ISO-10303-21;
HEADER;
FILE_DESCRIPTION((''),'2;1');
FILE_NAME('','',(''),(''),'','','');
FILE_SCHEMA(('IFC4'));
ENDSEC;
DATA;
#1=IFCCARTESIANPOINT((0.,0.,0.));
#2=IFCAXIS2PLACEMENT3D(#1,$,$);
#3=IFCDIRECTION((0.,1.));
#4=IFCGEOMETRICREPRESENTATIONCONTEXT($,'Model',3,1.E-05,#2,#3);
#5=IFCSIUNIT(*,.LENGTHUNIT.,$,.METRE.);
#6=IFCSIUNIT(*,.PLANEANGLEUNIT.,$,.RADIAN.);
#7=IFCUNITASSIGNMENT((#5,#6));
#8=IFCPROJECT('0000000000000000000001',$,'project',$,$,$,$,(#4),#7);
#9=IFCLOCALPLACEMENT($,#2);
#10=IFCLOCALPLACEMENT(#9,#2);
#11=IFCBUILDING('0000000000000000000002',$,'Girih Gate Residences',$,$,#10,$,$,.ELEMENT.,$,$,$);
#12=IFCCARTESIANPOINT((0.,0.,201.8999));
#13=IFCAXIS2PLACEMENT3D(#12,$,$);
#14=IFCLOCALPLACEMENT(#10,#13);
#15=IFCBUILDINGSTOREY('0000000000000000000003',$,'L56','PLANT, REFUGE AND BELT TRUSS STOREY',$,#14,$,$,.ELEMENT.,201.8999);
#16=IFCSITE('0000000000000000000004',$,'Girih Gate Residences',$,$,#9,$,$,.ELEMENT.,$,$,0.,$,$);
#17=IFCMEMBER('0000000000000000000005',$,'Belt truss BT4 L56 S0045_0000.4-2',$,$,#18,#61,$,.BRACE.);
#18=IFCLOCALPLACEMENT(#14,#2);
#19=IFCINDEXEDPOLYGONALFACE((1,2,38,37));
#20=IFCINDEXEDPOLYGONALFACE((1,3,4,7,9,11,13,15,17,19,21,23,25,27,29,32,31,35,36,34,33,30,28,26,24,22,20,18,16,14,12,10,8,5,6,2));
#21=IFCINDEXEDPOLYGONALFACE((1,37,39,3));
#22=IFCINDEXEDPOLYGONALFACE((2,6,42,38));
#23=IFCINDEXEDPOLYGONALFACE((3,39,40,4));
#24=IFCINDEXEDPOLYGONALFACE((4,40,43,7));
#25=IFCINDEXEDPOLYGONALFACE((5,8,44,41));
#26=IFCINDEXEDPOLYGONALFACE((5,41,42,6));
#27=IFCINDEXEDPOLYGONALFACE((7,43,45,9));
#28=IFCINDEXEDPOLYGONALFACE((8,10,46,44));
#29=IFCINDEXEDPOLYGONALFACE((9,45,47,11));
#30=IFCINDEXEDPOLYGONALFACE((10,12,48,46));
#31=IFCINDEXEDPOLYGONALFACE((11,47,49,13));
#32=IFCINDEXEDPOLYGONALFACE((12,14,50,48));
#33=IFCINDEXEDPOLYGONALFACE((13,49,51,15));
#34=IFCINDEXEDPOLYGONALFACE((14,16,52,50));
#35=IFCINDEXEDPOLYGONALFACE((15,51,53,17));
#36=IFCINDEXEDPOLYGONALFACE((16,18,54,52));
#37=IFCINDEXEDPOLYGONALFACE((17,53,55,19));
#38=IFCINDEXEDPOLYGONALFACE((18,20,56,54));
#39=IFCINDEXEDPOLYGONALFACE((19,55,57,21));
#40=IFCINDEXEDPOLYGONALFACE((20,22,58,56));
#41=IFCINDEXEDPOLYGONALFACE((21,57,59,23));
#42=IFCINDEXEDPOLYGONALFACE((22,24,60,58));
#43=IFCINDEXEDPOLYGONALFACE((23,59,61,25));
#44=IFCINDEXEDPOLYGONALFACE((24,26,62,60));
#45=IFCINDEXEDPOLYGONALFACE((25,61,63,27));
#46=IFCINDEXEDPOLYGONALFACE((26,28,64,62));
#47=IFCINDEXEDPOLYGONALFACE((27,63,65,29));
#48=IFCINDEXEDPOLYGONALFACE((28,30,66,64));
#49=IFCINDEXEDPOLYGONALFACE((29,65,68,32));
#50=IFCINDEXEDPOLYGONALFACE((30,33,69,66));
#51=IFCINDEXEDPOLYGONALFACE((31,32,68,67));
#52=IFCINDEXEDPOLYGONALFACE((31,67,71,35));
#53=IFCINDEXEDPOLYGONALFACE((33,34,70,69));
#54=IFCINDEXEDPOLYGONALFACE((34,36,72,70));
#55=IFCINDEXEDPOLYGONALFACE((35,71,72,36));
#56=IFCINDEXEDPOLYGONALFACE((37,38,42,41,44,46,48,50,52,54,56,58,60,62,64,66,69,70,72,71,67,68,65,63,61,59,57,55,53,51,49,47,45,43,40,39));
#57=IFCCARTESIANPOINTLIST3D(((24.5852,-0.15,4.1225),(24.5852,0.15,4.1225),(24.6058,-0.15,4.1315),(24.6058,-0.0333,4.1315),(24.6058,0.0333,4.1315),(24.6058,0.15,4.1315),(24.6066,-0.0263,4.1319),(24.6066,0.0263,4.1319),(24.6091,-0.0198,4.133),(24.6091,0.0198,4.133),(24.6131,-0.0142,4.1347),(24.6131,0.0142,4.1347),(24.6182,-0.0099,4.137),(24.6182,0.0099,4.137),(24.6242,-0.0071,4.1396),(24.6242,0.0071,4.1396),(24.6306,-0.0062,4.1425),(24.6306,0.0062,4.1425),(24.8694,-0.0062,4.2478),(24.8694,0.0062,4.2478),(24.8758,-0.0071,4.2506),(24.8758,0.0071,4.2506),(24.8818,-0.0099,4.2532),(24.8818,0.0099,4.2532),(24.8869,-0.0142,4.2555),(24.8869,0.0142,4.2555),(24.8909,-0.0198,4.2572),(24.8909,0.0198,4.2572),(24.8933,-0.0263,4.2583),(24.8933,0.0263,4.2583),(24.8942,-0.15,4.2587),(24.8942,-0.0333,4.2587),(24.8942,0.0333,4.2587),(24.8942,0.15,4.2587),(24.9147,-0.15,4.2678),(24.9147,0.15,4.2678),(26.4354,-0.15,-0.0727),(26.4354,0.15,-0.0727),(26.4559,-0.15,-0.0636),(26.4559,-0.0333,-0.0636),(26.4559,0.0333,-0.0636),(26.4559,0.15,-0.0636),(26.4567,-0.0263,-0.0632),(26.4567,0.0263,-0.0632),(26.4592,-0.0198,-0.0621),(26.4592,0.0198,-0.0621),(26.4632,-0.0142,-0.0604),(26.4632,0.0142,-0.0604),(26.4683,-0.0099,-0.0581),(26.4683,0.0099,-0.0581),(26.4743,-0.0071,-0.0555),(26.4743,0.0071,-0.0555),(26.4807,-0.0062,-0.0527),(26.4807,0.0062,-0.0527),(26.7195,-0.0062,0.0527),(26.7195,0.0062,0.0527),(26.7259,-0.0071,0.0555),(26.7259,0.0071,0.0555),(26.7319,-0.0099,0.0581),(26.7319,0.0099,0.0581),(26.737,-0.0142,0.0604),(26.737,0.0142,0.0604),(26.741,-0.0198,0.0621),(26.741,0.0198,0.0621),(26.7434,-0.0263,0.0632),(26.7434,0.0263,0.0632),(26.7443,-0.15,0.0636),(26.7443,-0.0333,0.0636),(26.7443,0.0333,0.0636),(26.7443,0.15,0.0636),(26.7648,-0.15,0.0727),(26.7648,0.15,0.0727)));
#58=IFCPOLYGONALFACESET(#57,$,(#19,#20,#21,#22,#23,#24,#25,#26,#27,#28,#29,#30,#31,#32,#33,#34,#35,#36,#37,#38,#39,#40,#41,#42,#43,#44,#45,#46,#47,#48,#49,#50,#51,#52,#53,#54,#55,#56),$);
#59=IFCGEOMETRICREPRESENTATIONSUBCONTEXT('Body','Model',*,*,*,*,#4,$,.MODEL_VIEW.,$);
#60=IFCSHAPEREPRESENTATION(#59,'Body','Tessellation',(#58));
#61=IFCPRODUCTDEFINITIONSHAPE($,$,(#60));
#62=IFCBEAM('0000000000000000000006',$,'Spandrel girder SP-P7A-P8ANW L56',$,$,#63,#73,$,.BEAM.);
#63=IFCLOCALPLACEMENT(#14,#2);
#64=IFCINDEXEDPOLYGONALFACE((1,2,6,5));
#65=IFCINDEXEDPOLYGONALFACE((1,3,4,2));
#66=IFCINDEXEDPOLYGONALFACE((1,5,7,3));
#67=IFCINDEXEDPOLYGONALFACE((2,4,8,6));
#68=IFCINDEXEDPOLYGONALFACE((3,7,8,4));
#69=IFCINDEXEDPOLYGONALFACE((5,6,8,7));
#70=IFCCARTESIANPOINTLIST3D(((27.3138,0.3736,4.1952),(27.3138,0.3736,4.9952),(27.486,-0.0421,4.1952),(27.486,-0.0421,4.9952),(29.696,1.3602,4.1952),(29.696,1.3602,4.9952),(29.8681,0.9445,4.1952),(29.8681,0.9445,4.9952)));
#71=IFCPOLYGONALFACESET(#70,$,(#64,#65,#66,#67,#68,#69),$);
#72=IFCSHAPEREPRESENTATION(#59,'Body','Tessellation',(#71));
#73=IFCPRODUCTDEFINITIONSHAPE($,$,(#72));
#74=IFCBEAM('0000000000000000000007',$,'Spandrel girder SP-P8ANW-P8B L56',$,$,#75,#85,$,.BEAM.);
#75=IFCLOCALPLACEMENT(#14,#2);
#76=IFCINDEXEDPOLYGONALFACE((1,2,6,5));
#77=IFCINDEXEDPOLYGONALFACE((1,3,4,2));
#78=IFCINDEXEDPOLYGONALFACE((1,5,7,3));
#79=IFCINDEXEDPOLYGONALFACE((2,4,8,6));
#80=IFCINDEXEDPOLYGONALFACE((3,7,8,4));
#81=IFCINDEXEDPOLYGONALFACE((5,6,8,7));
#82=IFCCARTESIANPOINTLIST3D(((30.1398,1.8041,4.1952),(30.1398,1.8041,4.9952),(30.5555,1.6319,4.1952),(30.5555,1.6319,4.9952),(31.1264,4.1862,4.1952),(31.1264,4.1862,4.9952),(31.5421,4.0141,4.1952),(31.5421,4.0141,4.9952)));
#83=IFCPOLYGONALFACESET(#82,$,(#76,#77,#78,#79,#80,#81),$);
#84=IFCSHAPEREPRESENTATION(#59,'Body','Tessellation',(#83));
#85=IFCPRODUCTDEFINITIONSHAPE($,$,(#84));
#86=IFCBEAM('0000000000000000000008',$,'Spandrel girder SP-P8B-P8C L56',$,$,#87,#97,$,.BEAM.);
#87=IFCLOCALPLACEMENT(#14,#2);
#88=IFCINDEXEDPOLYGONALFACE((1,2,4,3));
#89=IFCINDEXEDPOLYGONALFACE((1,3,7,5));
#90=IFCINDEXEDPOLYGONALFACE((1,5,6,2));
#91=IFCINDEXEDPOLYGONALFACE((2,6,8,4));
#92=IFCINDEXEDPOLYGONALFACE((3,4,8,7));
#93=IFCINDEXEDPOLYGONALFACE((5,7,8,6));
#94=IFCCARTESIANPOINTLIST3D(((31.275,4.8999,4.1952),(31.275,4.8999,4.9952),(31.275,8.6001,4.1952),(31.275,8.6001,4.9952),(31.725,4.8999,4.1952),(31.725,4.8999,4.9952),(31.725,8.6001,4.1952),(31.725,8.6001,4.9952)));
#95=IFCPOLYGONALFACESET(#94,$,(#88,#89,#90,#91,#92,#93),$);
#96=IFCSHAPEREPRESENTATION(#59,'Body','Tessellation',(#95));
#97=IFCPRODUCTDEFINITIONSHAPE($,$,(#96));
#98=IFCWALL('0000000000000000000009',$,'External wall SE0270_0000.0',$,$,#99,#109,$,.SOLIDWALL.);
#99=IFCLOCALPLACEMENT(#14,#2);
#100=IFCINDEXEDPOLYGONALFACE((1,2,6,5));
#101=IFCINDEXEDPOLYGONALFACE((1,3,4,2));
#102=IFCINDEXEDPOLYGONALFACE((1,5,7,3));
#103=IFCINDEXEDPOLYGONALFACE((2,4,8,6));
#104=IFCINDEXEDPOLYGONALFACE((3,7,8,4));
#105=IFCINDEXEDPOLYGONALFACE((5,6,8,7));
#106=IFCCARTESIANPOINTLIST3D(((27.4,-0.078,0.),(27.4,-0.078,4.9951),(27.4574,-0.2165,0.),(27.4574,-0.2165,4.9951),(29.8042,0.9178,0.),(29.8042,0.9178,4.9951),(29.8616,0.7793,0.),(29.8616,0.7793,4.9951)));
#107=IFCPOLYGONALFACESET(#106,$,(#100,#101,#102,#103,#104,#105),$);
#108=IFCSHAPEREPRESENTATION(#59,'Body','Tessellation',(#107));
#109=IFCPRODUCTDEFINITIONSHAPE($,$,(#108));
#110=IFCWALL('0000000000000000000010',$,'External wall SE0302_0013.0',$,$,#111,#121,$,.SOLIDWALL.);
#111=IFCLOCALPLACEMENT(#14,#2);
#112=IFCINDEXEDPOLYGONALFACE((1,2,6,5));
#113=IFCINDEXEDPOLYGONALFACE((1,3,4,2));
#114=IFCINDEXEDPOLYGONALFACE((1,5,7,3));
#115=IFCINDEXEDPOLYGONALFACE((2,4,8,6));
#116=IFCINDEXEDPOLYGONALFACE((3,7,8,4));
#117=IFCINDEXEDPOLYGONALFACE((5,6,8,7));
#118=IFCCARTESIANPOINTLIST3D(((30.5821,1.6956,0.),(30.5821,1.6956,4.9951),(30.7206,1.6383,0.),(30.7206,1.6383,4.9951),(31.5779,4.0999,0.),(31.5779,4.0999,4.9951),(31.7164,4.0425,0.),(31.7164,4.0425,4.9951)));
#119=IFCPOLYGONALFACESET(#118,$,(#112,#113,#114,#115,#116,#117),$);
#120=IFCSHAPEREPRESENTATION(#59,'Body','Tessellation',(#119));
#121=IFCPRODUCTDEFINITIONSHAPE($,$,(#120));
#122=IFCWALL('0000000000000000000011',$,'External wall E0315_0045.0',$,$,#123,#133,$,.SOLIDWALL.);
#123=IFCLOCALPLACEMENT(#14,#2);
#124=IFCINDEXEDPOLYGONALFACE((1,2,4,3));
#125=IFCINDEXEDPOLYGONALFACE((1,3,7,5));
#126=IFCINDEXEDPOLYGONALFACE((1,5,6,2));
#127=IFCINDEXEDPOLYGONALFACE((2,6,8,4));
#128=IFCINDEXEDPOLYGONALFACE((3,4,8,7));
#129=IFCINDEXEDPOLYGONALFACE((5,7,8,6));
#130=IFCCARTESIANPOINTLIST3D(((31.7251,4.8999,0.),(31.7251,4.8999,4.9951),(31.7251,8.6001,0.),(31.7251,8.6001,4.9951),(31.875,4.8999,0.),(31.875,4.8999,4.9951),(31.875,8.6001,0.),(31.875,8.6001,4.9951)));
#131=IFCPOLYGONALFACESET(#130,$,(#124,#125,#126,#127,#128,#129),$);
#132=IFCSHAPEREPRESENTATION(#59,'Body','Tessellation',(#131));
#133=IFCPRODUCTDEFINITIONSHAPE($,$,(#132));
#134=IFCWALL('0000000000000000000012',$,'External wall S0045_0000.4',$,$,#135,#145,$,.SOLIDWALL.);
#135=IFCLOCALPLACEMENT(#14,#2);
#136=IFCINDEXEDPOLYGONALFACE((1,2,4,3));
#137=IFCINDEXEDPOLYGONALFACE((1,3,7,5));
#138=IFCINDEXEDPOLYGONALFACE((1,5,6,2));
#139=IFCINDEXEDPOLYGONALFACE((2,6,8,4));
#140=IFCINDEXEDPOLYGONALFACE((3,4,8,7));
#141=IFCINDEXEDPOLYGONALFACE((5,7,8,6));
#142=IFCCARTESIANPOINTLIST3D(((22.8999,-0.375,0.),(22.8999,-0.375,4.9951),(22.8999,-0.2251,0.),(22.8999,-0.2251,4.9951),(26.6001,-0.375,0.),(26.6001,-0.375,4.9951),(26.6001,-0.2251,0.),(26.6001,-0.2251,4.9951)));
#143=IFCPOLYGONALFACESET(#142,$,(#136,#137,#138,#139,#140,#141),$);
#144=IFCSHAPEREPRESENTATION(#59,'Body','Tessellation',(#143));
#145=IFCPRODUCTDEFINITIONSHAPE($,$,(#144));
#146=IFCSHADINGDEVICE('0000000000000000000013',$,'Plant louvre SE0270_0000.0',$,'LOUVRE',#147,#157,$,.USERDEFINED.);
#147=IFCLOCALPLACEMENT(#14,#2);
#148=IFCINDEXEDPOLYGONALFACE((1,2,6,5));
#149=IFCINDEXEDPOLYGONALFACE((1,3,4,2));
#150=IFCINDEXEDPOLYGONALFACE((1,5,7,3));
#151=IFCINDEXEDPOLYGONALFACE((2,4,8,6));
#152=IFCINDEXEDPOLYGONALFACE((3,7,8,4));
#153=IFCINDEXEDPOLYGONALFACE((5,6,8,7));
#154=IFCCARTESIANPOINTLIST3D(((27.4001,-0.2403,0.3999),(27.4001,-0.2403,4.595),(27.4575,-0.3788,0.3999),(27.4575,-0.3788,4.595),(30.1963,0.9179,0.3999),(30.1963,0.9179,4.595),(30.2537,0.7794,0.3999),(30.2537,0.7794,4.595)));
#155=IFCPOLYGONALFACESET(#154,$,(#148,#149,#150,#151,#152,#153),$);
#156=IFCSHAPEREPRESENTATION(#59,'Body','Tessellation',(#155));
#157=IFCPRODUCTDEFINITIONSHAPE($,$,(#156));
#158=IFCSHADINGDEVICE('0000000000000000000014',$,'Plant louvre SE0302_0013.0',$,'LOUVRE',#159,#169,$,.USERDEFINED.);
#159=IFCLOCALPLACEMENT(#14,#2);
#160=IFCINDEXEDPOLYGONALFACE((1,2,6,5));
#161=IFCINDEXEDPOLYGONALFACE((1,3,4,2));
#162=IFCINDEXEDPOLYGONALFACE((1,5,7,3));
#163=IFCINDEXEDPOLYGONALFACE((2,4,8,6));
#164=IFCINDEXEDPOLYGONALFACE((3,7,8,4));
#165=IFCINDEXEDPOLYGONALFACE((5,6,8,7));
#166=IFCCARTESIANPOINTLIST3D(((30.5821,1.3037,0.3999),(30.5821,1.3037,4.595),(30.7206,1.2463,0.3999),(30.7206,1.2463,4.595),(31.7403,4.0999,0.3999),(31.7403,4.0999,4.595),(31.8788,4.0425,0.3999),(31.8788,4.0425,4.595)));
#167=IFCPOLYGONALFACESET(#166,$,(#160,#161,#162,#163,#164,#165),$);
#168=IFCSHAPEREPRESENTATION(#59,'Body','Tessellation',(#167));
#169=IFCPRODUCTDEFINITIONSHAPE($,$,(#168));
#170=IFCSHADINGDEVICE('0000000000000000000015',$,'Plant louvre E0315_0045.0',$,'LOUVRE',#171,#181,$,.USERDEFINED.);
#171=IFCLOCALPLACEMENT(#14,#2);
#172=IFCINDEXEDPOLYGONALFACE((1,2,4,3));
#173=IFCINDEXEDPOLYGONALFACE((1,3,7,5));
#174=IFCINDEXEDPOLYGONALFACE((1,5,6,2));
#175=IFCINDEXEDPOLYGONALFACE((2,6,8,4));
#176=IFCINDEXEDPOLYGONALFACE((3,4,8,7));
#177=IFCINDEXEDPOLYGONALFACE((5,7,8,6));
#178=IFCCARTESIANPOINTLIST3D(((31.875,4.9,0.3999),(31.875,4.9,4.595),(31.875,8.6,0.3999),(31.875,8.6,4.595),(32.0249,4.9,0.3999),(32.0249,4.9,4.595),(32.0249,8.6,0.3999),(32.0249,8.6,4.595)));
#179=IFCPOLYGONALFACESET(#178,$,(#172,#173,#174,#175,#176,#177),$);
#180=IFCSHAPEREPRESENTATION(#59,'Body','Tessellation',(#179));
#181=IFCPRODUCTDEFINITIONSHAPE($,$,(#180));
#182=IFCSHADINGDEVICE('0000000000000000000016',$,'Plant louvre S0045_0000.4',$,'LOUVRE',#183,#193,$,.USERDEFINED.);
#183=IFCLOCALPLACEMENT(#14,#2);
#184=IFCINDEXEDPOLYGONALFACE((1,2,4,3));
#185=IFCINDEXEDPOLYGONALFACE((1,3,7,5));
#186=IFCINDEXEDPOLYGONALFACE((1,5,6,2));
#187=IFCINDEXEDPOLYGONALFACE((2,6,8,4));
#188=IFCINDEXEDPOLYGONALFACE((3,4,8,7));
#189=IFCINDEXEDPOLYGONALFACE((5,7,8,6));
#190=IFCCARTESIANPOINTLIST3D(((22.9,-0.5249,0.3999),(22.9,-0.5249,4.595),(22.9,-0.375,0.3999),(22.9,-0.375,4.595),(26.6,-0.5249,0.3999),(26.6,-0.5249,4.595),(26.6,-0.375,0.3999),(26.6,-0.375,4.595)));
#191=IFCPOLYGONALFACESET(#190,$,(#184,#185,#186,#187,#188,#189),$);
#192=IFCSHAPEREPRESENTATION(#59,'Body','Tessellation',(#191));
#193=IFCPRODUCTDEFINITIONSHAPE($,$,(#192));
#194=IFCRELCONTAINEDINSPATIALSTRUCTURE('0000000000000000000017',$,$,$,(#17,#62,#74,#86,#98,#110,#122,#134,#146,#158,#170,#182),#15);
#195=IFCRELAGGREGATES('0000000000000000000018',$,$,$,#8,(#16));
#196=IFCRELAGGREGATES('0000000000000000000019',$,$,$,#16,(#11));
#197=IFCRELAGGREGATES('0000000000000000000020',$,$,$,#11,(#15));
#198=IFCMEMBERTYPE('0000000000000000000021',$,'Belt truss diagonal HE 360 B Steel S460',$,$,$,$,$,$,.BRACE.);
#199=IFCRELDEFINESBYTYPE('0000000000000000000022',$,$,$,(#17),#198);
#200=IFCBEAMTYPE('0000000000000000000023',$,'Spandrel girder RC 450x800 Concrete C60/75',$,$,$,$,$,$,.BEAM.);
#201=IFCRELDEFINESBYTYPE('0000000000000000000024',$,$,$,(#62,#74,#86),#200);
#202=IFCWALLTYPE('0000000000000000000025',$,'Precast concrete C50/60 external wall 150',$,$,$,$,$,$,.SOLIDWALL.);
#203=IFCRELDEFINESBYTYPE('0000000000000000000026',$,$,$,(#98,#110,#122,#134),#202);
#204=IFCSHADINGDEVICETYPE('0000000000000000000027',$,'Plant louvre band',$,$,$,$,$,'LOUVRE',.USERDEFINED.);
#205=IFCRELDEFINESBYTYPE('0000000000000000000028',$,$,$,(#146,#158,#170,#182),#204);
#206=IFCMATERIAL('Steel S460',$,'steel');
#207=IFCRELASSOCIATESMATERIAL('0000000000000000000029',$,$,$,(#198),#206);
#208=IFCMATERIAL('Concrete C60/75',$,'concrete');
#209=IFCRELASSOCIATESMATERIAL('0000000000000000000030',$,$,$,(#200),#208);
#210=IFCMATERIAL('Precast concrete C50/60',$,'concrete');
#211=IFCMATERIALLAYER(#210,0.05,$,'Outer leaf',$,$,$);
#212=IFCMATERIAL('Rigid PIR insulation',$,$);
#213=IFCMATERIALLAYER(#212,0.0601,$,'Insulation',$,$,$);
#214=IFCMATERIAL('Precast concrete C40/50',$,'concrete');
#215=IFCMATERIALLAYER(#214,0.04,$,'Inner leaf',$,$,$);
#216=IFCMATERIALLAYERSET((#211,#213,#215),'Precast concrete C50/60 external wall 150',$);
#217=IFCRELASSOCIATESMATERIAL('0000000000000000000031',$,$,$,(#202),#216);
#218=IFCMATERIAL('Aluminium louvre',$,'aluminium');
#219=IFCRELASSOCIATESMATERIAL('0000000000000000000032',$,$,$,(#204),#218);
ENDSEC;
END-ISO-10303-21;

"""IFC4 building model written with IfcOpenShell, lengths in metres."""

from ifc_helpers import new_model, si_unit, direction, frame, frame_2d, origin, origin_2d, place, context, subcontext, project, spatial, rectangle, i_section, extrude, material, layer, layer_set, material_profile, profile_set, type_object, element, save


model = new_model("IFC4")

# Units and contexts
model_context = context("Model", 3, precision=1e-05, world=origin(), true_north=direction((0.0, 1.0)))
body_context = subcontext(model_context, "Body", "Model", "MODEL_VIEW")
ifc_project = project(units=[si_unit("LENGTHUNIT", "METRE"), si_unit("PLANEANGLEUNIT", "RADIAN")], contexts=[model_context])

# Site, building, storey
site_placement = place(None, origin())
site = spatial("IfcSite", under=ifc_project, at=site_placement, Name="Girih Gate Residences", CompositionType="ELEMENT", RefElevation=0.0)
building_placement = place(site_placement, origin())
building = spatial("IfcBuilding", under=site, at=building_placement, Name="Girih Gate Residences", CompositionType="ELEMENT")
storey_placement = place(building_placement, frame((0.0, 0.0, 201.8999)))
storey = spatial("IfcBuildingStorey", under=building, at=storey_placement, Name="L56", Description="PLANT, REFUGE AND BELT TRUSS STOREY", CompositionType="ELEMENT", Elevation=201.8999)

# Shared definitions
ifc_material_1 = material(Name="Concrete C60/75", Category="concrete")

# Member
ifc_material_2 = material(Name="Steel S460", Category="steel")
ifc_material_profile_1 = material_profile(ifc_material_2, i_section(OverallWidth=0.3, OverallDepth=0.3601, WebThickness=0.0125, FlangeThickness=0.0225, FilletRadius=0.0271, at=origin_2d()))
ifc_profile_set_1 = profile_set([ifc_material_profile_1], Name="Steel S460")
member_type_1 = type_object("IfcMemberType", Name="Belt truss diagonal HE 360 B Steel S460", PredefinedType="BRACE", material=ifc_profile_set_1)
for number, where, z_axis, x_axis, name in (
    (1, (26.6001, 0.0, 0.0), (-0.403518, 0.0, 0.914972), (0.0, -1.0, 0.0), "Belt truss BT4 L56 S0045_0000.4-2"),
):
    element("IfcMember", number, at=place(storey_placement, frame(where, z_axis=z_axis, x_axis=x_axis)), inside=storey, type_object=member_type_1, Name=name, PredefinedType="BRACE", context=body_context, shape_type="SweptSolid", body=[
        extrude(i_section(OverallWidth=0.3, OverallDepth=0.3601, WebThickness=0.0125, FlangeThickness=0.0225, FilletRadius=0.0271, at=origin_2d()), origin(), (0.0, 0.0, 1.0), 4.585),
    ])

# Beams
ifc_material_profile_2 = material_profile(ifc_material_1, rectangle(XDim=0.45, YDim=0.8, at=origin_2d()))
ifc_profile_set_2 = profile_set([ifc_material_profile_2], Name="Concrete C60/75")
beam_type = type_object("IfcBeamType", Name="Spandrel girder RC 450x800 Concrete C60/75", PredefinedType="BEAM", material=ifc_profile_set_2)
for number, where, z_axis, x_axis, name in (
    (2, (27.3999, 0.1658, 4.5952), (0.923896, 0.382644, 0.0), (-0.382644, 0.923896, 0.0), "Spandrel girder SP-P7A-P8ANW L56"),
    (3, (30.3477, 1.718, 4.5952), (0.382644, 0.923896, 0.0), (-0.923896, 0.382644, 0.0), "Spandrel girder SP-P8ANW-P8B L56"),
):
    element("IfcBeam", number, at=place(storey_placement, frame(where, z_axis=z_axis, x_axis=x_axis)), inside=storey, type_object=beam_type, Name=name, PredefinedType="BEAM", context=body_context, shape_type="SweptSolid", body=[
        extrude(rectangle(XDim=0.45, YDim=0.8, at=origin_2d()), origin(), (0.0, 0.0, 1.0), 2.5784),
    ])
beam_placement = place(storey_placement, frame((31.5, 4.8999, 4.5952), z_axis=(0.0, 1.0, 0.0), x_axis=(-1.0, 0.0, 0.0)))
element("IfcBeam", 4, at=beam_placement, inside=storey, type_object=beam_type, Name="Spandrel girder SP-P8B-P8C L56", PredefinedType="BEAM", context=body_context, shape_type="SweptSolid", body=[
    extrude(rectangle(XDim=0.45, YDim=0.8, at=origin_2d()), origin(), (0.0, 0.0, 1.0), 3.7002),
])

# Walls
ifc_material_3 = material(Name="Precast concrete C50/60", Category="concrete")
ifc_layer_1 = layer(ifc_material_3, 0.05, Name="Outer leaf")
ifc_material_4 = material(Name="Rigid PIR insulation")
ifc_layer_2 = layer(ifc_material_4, 0.0601, Name="Insulation")
ifc_material_5 = material(Name="Precast concrete C40/50", Category="concrete")
ifc_layer_3 = layer(ifc_material_5, 0.04, Name="Inner leaf")
ifc_layer_set = layer_set([ifc_layer_1, ifc_layer_2, ifc_layer_3], Name="Precast concrete C50/60 external wall 150")
wall_type = type_object("IfcWallType", Name="Precast concrete C50/60 external wall 150", PredefinedType="SOLIDWALL", material=ifc_layer_set)
for number, where, z_axis, x_axis, name in (
    (5, (29.833, 0.8486, 0.0), (0.0, 0.0, 1.0), (-0.923885, -0.382669, 0.0), "External wall SE0270_0000.0"),
    (6, (31.6472, 4.0713, 0.0), (0.0, 0.0, 1.0), (-0.382669, -0.923885, 0.0), "External wall SE0302_0013.0"),
):
    element("IfcWall", number, at=place(storey_placement, frame(where, z_axis=z_axis, x_axis=x_axis)), inside=storey, type_object=wall_type, Name=name, PredefinedType="SOLIDWALL", context=body_context, shape_type="SweptSolid", body=[
        extrude(rectangle(XDim=2.6023, YDim=0.1499, at=frame_2d((1.3013, 0.0))), origin(), (0.0, 0.0, 1.0), 4.9951),
    ])
for number, where, z_axis, x_axis, name in (
    (7, (31.8, 8.6001, 0.0), (0.0, 0.0, 1.0), (0.0, -1.0, 0.0), "External wall E0315_0045.0"),
    (8, (26.6001, -0.3, 0.0), (0.0, 0.0, 1.0), (-1.0, 0.0, 0.0), "External wall S0045_0000.4"),
):
    element("IfcWall", number, at=place(storey_placement, frame(where, z_axis=z_axis, x_axis=x_axis)), inside=storey, type_object=wall_type, Name=name, PredefinedType="SOLIDWALL", context=body_context, shape_type="SweptSolid", body=[
        extrude(rectangle(XDim=3.7002, YDim=0.1499, at=frame_2d((1.8501, 0.0))), origin(), (0.0, 0.0, 1.0), 4.9951),
    ])

# Shading devices
ifc_material_6 = material(Name="Aluminium louvre", Category="aluminium")
shading_device_type = type_object("IfcShadingDeviceType", Name="Plant louvre band", ElementType="LOUVRE", PredefinedType="USERDEFINED", material=ifc_material_6)
for number, where, z_axis, x_axis, name in (
    (9, (28.8269, 0.2695, 0.3999), (0.0, 0.0, 1.0), (0.92388, 0.382683, 0.0), "Plant louvre SE0270_0000.0"),
    (10, (31.2305, 2.6731, 0.3999), (0.0, 0.0, 1.0), (0.382683, 0.92388, 0.0), "Plant louvre SE0302_0013.0"),
):
    element("IfcShadingDevice", number, at=place(storey_placement, frame(where, z_axis=z_axis, x_axis=x_axis)), inside=storey, type_object=shading_device_type, Name=name, ObjectType="LOUVRE", PredefinedType="USERDEFINED", context=body_context, shape_type="SweptSolid", body=[
        extrude(rectangle(XDim=3.0266, YDim=0.1499, at=origin_2d()), origin(), (0.0, 0.0, 1.0), 4.1951),
    ])
for number, where, z_axis, x_axis, name in (
    (11, (31.95, 6.75, 0.3999), (0.0, 0.0, 1.0), (0.0, 1.0, 0.0), "Plant louvre E0315_0045.0"),
    (12, (24.75, -0.45, 0.3999), (0.0, 0.0, 1.0), (1.0, 0.0, 0.0), "Plant louvre S0045_0000.4"),
):
    element("IfcShadingDevice", number, at=place(storey_placement, frame(where, z_axis=z_axis, x_axis=x_axis)), inside=storey, type_object=shading_device_type, Name=name, ObjectType="LOUVRE", PredefinedType="USERDEFINED", context=body_context, shape_type="SweptSolid", body=[
        extrude(rectangle(XDim=3.7, YDim=0.1499, at=origin_2d()), origin(), (0.0, 0.0, 1.0), 4.1951),
    ])

save(model, "model.ifc")
